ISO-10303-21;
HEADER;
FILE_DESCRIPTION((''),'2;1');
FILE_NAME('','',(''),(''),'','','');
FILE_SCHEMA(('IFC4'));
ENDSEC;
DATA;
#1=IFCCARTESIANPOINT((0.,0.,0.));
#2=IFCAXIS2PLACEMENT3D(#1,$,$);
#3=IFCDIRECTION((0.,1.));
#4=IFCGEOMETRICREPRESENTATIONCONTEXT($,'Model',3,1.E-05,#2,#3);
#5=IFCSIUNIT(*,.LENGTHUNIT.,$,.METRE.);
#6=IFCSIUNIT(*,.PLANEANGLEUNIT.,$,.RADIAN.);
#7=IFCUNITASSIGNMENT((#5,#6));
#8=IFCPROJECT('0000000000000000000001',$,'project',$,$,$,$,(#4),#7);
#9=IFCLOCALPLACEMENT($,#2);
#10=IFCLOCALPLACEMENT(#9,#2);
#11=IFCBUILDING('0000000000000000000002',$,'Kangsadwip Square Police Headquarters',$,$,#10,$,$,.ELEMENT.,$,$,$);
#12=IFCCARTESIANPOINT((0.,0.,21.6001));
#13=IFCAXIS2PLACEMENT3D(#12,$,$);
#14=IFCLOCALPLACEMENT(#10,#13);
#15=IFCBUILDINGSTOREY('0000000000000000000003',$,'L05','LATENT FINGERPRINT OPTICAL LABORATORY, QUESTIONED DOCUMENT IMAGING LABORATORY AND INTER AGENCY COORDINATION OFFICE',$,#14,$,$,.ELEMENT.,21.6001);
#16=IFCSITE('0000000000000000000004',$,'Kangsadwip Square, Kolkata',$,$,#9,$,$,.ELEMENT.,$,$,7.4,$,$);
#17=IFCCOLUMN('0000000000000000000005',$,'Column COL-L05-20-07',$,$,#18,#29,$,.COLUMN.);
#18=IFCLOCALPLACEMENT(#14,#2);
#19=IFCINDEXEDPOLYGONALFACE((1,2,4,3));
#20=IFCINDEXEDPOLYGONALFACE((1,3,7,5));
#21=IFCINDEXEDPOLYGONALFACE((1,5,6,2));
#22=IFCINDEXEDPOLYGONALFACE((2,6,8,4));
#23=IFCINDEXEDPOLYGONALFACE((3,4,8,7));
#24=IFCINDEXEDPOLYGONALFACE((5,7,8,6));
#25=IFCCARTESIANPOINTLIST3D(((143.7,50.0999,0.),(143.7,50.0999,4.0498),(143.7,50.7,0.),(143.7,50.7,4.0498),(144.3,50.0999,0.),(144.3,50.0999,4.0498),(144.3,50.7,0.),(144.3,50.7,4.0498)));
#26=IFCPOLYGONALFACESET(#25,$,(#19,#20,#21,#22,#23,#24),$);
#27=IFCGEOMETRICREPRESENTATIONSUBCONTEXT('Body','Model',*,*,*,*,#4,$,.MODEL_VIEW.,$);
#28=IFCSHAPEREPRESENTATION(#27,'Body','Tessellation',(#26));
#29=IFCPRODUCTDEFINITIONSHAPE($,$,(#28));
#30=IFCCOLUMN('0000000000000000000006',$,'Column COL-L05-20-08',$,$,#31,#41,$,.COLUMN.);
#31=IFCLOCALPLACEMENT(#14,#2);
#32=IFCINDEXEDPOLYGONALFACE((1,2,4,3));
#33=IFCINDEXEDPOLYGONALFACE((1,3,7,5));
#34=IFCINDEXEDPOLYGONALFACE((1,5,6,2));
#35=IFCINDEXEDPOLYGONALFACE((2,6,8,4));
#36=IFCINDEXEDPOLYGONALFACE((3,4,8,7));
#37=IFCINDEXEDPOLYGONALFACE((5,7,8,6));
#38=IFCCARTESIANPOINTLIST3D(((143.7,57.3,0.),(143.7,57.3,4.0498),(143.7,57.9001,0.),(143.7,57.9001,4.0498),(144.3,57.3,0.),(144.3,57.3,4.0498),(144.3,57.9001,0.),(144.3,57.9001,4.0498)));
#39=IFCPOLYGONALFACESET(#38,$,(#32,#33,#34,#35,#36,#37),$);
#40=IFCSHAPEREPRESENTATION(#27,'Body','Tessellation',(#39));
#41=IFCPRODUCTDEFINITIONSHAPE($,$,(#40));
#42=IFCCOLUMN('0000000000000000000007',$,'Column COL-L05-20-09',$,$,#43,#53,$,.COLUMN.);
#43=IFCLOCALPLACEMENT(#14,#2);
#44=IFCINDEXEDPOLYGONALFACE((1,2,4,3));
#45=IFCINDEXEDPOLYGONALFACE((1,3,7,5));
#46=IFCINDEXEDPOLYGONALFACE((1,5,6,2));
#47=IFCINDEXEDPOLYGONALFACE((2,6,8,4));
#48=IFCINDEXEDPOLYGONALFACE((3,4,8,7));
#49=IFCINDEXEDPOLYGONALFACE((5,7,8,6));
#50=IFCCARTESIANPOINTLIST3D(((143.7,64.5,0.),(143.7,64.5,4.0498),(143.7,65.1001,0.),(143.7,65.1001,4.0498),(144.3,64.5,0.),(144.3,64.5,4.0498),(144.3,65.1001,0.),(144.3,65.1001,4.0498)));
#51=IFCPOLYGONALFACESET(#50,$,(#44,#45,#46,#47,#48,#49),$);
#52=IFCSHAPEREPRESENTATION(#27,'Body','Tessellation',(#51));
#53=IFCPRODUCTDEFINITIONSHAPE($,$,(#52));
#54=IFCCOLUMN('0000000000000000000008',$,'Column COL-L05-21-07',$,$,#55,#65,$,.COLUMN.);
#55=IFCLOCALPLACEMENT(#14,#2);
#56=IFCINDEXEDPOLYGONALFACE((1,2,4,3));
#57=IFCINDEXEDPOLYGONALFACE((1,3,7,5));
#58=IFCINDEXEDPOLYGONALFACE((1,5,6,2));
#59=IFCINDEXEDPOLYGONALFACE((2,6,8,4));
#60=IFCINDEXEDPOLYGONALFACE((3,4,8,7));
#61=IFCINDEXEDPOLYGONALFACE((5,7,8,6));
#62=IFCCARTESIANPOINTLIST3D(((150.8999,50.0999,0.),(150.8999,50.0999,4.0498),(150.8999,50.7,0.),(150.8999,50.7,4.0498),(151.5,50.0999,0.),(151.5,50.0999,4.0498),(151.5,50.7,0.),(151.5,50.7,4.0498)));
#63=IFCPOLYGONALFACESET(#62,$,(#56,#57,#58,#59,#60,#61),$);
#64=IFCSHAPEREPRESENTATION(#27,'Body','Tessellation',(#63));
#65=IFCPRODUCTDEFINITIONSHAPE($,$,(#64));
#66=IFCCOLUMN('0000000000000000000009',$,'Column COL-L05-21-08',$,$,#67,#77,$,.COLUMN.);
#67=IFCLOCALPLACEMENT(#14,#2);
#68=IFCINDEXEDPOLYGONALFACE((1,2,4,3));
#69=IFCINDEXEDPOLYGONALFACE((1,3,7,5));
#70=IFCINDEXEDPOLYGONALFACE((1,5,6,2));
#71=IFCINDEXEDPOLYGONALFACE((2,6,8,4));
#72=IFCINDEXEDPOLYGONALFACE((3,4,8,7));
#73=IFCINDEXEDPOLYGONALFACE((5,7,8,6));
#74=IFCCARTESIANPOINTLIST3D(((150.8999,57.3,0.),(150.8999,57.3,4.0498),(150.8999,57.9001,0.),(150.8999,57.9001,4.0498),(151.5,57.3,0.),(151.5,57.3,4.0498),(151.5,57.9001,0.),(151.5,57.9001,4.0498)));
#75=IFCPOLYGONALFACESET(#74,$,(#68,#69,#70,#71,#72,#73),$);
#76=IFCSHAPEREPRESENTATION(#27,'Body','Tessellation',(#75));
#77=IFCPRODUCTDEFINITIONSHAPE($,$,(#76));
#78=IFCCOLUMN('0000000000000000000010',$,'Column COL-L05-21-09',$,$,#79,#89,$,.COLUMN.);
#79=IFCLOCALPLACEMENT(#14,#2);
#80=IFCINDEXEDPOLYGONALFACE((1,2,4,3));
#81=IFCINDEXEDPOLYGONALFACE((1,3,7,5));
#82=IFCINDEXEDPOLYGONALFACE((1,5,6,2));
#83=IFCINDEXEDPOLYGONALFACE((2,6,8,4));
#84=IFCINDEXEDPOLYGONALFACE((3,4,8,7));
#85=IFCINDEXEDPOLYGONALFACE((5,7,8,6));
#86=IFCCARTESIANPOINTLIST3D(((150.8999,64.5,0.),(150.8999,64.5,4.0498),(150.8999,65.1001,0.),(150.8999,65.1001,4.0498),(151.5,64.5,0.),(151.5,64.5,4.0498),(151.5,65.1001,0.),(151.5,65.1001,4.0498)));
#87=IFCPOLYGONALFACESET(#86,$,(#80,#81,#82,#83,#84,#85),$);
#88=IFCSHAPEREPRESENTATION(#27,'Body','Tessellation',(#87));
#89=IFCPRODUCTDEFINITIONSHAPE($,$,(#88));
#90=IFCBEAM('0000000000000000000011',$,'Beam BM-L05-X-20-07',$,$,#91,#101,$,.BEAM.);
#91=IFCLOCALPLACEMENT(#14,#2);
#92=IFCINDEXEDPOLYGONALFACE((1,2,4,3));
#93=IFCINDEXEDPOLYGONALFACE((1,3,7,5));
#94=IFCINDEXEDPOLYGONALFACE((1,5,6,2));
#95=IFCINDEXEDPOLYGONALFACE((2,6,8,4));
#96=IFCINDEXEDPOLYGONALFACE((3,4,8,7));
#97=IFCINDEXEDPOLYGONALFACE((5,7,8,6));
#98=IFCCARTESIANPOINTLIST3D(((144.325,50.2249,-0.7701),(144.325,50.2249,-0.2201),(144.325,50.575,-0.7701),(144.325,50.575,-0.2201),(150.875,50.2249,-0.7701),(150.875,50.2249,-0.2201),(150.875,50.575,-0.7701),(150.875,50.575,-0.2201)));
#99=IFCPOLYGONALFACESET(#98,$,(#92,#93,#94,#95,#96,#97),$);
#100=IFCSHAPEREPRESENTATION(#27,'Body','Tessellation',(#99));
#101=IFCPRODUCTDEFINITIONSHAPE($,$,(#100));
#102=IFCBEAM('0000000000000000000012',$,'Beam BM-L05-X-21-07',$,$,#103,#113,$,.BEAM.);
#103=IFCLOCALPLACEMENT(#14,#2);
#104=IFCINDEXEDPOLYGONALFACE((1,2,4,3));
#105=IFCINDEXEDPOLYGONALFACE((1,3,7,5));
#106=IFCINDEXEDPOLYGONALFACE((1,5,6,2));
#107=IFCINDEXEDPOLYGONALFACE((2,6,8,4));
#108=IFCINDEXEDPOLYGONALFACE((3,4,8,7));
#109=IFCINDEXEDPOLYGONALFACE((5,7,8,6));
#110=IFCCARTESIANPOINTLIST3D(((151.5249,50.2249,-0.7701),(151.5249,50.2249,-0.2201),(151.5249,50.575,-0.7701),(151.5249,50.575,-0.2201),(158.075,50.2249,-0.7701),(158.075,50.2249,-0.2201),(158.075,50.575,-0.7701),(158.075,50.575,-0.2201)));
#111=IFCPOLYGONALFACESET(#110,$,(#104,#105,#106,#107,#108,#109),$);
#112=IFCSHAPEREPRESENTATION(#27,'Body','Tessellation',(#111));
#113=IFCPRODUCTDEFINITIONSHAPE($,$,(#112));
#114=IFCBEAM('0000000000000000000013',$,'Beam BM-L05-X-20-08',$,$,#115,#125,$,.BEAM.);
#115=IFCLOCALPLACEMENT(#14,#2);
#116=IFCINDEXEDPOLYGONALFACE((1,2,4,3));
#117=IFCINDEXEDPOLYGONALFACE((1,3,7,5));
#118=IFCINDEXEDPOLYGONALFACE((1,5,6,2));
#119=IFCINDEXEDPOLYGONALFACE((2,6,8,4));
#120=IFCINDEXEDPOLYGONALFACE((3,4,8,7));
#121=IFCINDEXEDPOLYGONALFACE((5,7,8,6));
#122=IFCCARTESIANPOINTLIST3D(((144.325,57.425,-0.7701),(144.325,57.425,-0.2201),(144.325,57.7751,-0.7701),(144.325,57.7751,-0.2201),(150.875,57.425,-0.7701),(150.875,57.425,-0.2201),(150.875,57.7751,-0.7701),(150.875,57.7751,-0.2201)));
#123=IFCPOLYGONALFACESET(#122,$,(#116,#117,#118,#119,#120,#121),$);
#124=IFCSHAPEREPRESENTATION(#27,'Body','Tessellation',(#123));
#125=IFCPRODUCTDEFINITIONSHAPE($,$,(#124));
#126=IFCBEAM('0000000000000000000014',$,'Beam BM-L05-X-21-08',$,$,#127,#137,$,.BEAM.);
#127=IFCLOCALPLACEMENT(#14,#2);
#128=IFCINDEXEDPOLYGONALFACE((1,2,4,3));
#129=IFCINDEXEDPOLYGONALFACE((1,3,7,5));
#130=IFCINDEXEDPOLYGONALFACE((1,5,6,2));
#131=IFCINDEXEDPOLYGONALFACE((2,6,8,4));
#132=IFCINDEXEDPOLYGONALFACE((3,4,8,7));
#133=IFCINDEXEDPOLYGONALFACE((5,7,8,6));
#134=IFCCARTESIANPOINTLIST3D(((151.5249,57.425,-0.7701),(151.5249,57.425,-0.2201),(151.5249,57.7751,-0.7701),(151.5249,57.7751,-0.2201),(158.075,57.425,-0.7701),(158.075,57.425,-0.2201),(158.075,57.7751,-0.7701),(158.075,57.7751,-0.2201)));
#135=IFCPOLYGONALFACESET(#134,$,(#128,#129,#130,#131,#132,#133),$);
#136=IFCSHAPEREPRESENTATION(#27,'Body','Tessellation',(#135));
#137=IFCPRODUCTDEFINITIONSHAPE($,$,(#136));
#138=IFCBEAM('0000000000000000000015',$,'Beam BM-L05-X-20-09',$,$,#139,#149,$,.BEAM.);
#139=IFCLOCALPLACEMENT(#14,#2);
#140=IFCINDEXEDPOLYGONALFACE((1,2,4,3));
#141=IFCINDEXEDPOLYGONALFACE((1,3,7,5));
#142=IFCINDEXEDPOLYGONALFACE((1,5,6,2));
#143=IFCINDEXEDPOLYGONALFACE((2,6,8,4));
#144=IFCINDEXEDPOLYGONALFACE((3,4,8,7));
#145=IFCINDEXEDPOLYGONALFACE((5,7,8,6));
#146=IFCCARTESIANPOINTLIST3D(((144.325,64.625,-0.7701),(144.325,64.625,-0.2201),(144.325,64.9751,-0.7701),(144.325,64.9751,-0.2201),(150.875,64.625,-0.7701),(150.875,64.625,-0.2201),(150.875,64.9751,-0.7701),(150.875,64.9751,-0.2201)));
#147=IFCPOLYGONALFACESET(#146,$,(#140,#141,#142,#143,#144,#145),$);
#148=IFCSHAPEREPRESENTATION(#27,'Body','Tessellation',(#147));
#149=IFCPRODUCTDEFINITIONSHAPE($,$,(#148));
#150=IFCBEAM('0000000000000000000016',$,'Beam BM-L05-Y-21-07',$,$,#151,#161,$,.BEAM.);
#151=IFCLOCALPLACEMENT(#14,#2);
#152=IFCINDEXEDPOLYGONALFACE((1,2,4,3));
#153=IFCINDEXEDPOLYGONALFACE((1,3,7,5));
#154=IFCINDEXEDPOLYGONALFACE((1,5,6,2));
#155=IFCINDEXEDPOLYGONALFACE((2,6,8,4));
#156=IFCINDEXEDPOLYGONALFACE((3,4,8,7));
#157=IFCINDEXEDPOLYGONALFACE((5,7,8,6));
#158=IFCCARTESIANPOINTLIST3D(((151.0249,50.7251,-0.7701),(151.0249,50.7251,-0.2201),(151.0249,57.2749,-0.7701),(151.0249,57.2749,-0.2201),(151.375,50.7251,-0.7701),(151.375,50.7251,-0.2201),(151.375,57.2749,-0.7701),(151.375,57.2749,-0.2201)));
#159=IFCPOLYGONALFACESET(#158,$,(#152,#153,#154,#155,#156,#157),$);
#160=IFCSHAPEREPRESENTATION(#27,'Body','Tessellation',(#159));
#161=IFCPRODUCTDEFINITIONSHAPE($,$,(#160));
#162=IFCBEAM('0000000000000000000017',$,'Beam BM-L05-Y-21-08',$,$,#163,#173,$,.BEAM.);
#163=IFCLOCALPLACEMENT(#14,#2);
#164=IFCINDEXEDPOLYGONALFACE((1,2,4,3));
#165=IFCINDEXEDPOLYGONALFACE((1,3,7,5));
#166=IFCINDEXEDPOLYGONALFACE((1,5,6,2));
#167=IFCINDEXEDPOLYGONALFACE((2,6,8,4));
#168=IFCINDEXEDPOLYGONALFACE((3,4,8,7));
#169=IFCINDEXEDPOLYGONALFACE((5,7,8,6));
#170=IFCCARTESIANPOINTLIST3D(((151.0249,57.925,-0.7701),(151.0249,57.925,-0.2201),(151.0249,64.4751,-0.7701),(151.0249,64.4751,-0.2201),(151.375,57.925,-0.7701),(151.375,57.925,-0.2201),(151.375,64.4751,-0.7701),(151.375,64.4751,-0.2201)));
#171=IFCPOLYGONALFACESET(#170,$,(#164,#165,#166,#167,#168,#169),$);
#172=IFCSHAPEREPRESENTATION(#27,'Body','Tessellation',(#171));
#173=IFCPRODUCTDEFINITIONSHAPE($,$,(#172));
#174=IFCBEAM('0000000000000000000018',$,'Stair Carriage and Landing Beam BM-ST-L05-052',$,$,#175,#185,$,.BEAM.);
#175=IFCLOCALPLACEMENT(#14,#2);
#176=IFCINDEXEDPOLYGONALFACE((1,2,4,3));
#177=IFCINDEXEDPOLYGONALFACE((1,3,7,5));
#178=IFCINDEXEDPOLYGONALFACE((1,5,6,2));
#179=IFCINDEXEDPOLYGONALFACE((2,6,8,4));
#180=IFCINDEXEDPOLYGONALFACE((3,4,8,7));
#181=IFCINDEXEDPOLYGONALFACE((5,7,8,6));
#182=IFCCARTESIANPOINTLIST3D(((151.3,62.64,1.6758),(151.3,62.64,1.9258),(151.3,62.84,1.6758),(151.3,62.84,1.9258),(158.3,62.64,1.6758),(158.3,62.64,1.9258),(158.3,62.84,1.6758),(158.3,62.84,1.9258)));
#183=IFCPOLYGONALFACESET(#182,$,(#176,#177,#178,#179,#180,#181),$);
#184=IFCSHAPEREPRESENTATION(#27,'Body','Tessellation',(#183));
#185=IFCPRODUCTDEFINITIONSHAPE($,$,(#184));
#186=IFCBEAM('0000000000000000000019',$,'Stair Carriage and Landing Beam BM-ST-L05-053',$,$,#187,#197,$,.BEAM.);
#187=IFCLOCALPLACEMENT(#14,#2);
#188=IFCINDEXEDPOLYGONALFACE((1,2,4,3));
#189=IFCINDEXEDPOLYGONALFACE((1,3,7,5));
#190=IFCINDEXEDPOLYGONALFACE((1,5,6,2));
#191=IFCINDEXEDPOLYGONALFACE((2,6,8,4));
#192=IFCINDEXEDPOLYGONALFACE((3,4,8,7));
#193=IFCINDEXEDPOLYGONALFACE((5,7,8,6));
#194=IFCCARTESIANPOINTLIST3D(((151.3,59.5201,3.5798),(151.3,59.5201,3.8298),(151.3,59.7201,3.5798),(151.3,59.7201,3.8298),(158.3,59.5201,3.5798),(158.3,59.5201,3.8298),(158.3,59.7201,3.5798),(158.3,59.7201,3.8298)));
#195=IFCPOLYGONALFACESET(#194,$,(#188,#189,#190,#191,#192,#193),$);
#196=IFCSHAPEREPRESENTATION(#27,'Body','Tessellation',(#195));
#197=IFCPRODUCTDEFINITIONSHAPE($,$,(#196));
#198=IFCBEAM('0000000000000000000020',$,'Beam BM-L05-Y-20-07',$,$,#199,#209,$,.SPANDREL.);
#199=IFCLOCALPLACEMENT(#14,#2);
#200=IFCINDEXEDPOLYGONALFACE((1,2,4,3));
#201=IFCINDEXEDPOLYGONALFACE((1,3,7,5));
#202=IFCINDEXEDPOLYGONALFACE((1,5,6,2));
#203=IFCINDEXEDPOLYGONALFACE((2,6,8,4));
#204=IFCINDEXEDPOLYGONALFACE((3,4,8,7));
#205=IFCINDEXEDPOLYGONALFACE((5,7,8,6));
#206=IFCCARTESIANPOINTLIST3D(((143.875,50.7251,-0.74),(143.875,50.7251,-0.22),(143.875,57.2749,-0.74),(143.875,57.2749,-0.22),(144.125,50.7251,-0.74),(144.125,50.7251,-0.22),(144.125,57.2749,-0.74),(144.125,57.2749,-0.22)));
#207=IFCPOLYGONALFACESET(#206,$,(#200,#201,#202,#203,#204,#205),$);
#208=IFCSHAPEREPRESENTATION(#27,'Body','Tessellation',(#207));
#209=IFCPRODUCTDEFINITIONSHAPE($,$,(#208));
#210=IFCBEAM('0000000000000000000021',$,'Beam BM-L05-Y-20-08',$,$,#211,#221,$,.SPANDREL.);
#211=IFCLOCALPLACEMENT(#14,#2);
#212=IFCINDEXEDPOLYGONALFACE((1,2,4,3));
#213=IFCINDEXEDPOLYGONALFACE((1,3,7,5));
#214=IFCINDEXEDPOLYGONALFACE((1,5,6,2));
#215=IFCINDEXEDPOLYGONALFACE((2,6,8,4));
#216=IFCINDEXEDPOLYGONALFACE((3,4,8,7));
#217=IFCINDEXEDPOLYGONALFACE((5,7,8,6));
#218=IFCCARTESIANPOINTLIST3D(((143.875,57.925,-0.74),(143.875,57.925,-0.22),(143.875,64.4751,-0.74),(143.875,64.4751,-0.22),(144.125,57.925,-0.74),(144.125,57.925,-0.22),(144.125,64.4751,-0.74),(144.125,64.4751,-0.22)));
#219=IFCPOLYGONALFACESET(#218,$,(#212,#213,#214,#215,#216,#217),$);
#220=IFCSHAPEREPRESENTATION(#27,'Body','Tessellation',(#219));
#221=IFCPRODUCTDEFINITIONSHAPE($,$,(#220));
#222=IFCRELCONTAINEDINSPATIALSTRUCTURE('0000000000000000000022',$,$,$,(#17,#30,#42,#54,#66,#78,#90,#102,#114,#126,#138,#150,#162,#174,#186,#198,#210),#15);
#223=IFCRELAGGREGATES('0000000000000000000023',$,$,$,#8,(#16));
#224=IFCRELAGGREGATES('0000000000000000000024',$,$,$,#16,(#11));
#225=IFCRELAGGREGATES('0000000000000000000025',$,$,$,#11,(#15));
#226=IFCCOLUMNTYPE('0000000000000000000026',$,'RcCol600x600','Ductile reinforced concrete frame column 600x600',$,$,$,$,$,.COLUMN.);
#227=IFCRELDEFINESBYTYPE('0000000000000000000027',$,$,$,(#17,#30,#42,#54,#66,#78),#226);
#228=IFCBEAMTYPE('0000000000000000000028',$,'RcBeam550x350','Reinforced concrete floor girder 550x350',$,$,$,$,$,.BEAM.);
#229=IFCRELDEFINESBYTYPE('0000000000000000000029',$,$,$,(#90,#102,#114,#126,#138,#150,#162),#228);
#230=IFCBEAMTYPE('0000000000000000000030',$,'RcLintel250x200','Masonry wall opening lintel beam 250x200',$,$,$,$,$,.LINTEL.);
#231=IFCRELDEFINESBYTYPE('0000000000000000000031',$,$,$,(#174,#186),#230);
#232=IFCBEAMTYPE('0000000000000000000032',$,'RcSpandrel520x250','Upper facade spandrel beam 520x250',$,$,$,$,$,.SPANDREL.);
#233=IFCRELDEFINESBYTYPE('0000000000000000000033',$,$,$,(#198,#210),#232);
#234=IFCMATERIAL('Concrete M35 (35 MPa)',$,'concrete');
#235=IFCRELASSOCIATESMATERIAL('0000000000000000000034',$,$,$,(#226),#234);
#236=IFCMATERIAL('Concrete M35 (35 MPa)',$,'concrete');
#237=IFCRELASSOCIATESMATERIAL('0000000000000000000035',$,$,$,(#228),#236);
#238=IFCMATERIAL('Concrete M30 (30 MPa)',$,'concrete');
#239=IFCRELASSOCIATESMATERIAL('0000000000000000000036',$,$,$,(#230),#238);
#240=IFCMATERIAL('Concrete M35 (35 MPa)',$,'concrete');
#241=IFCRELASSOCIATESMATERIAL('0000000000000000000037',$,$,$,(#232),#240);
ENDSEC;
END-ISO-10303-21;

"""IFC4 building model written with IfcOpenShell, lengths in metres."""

from ifc_helpers import new_model, si_unit, direction, frame, origin, origin_2d, place, context, subcontext, project, spatial, rectangle, extrude, material, material_profile, profile_set, type_object, element, save


model = new_model("IFC4")

# Units and contexts
model_context = context("Model", 3, precision=1e-05, world=origin(), true_north=direction((0.0, 1.0)))
body_context = subcontext(model_context, "Body", "Model", "MODEL_VIEW")
ifc_project = project(units=[si_unit("LENGTHUNIT", "METRE"), si_unit("PLANEANGLEUNIT", "RADIAN")], contexts=[model_context])

# Site, building, storey
site_placement = place(None, origin())
site = spatial("IfcSite", under=ifc_project, at=site_placement, Name="Kangsadwip Square, Kolkata", CompositionType="ELEMENT", RefElevation=7.4)
building_placement = place(site_placement, origin())
building = spatial("IfcBuilding", under=site, at=building_placement, Name="Kangsadwip Square Police Headquarters", CompositionType="ELEMENT")
storey_placement = place(building_placement, frame((0.0, 0.0, 21.6001)))
storey = spatial("IfcBuildingStorey", under=building, at=storey_placement, Name="L05", Description="LATENT FINGERPRINT OPTICAL LABORATORY, QUESTIONED DOCUMENT IMAGING LABORATORY AND INTER AGENCY COORDINATION OFFICE", CompositionType="ELEMENT", Elevation=21.6001)

# Columns
ifc_material_1 = material(Name="Concrete M35 (35 MPa)", Category="concrete")
ifc_material_profile_1 = material_profile(ifc_material_1, rectangle(XDim=0.6001, YDim=0.6001, at=origin_2d()), Name="RC COL 600X600")
ifc_profile_set_1 = profile_set([ifc_material_profile_1], Name="Concrete M35 (35 MPa)")
column_type = type_object("IfcColumnType", Name="RcCol600x600", Description="Ductile reinforced concrete frame column 600x600", PredefinedType="COLUMN", material=ifc_profile_set_1)
for number, where, z_axis, x_axis, name in (
    (1, (144.0, 50.3999, 0.0), (0.0, 0.0, 1.0), (1.0, 0.0, 0.0), "Column COL-L05-20-07"),
    (2, (144.0, 57.6001, 0.0), (0.0, 0.0, 1.0), (1.0, 0.0, 0.0), "Column COL-L05-20-08"),
    (3, (144.0, 64.8, 0.0), (0.0, 0.0, 1.0), (1.0, 0.0, 0.0), "Column COL-L05-20-09"),
    (4, (151.2, 50.3999, 0.0), (0.0, 0.0, 1.0), (1.0, 0.0, 0.0), "Column COL-L05-21-07"),
    (5, (151.2, 57.6001, 0.0), (0.0, 0.0, 1.0), (1.0, 0.0, 0.0), "Column COL-L05-21-08"),
    (6, (151.2, 64.8, 0.0), (0.0, 0.0, 1.0), (1.0, 0.0, 0.0), "Column COL-L05-21-09"),
):
    element("IfcColumn", number, at=place(storey_placement, frame(where, z_axis=z_axis, x_axis=x_axis)), inside=storey, type_object=column_type, Name=name, PredefinedType="COLUMN", context=body_context, shape_type="SweptSolid", body=[
        extrude(rectangle(XDim=0.6001, YDim=0.6001, at=origin_2d()), origin(), (0.0, 0.0, 1.0), 4.0498),
    ])

# Beams
ifc_material_2 = material(Name="Concrete M35 (35 MPa)", Category="concrete")
ifc_material_profile_2 = material_profile(ifc_material_2, rectangle(XDim=0.3501, YDim=0.55, at=origin_2d()), Name="RC BM 550X350")
ifc_profile_set_2 = profile_set([ifc_material_profile_2], Name="Concrete M35 (35 MPa)")
beam_type_1 = type_object("IfcBeamType", Name="RcBeam550x350", Description="Reinforced concrete floor girder 550x350", PredefinedType="BEAM", material=ifc_profile_set_2)
for number, where, z_axis, x_axis, name in (
    (7, (144.325, 50.3999, -0.4951), (1.0, 0.0, 0.0), (0.0, 1.0, 0.0), "Beam BM-L05-X-20-07"),
    (8, (151.5249, 50.3999, -0.4951), (1.0, 0.0, 0.0), (0.0, 1.0, 0.0), "Beam BM-L05-X-21-07"),
    (9, (144.325, 57.6001, -0.4951), (1.0, 0.0, 0.0), (0.0, 1.0, 0.0), "Beam BM-L05-X-20-08"),
    (10, (151.5249, 57.6001, -0.4951), (1.0, 0.0, 0.0), (0.0, 1.0, 0.0), "Beam BM-L05-X-21-08"),
    (11, (144.325, 64.8, -0.4951), (1.0, 0.0, 0.0), (0.0, 1.0, 0.0), "Beam BM-L05-X-20-09"),
):
    element("IfcBeam", number, at=place(storey_placement, frame(where, z_axis=z_axis, x_axis=x_axis)), inside=storey, type_object=beam_type_1, Name=name, PredefinedType="BEAM", context=body_context, shape_type="SweptSolid", body=[
        extrude(rectangle(XDim=0.3501, YDim=0.55, at=origin_2d()), origin(), (0.0, 0.0, 1.0), 6.55),
    ])
beam_1_placement = place(storey_placement, frame((151.2, 50.7251, -0.4951), z_axis=(0.0, 1.0, 0.0), x_axis=(-1.0, 0.0, 0.0)))
element("IfcBeam", 12, at=beam_1_placement, inside=storey, type_object=beam_type_1, Name="Beam BM-L05-Y-21-07", PredefinedType="BEAM", context=body_context, shape_type="SweptSolid", body=[
    extrude(rectangle(XDim=0.3501, YDim=0.55, at=origin_2d()), origin(), (0.0, 0.0, 1.0), 6.5498),
])
beam_2_placement = place(storey_placement, frame((151.2, 57.925, -0.4951), z_axis=(0.0, 1.0, 0.0), x_axis=(-1.0, 0.0, 0.0)))
element("IfcBeam", 13, at=beam_2_placement, inside=storey, type_object=beam_type_1, Name="Beam BM-L05-Y-21-08", PredefinedType="BEAM", context=body_context, shape_type="SweptSolid", body=[
    extrude(rectangle(XDim=0.3501, YDim=0.55, at=origin_2d()), origin(), (0.0, 0.0, 1.0), 6.55),
])
ifc_material_3 = material(Name="Concrete M30 (30 MPa)", Category="concrete")
ifc_material_profile_3 = material_profile(ifc_material_3, rectangle(XDim=0.2, YDim=0.25, at=origin_2d()), Name="RC LNT 250X200")
ifc_profile_set_3 = profile_set([ifc_material_profile_3], Name="Concrete M30 (30 MPa)")
beam_type_2 = type_object("IfcBeamType", Name="RcLintel250x200", Description="Masonry wall opening lintel beam 250x200", PredefinedType="LINTEL", material=ifc_profile_set_3)
for number, where, z_axis, x_axis, name in (
    (14, (151.3, 62.74, 1.8008), (1.0, 0.0, 0.0), (0.0, 1.0, 0.0), "Stair Carriage and Landing Beam BM-ST-L05-052"),
    (15, (151.3, 59.6201, 3.7048), (1.0, 0.0, 0.0), (0.0, 1.0, 0.0), "Stair Carriage and Landing Beam BM-ST-L05-053"),
):
    element("IfcBeam", number, at=place(storey_placement, frame(where, z_axis=z_axis, x_axis=x_axis)), inside=storey, type_object=beam_type_2, Name=name, PredefinedType="BEAM", context=body_context, shape_type="SweptSolid", body=[
        extrude(rectangle(XDim=0.2, YDim=0.25, at=origin_2d()), origin(), (0.0, 0.0, 1.0), 7.0),
    ])
ifc_material_4 = material(Name="Concrete M35 (35 MPa)", Category="concrete")
ifc_material_profile_4 = material_profile(ifc_material_4, rectangle(XDim=0.25, YDim=0.52, at=origin_2d()), Name="RC SPN 520X250")
ifc_profile_set_4 = profile_set([ifc_material_profile_4], Name="Concrete M35 (35 MPa)")
beam_type_3 = type_object("IfcBeamType", Name="RcSpandrel520x250", Description="Upper facade spandrel beam 520x250", PredefinedType="SPANDREL", material=ifc_profile_set_4)
beam_3_placement = place(storey_placement, frame((144.0, 50.7251, -0.48), z_axis=(0.0, 1.0, 0.0), x_axis=(-1.0, 0.0, 0.0)))
element("IfcBeam", 16, at=beam_3_placement, inside=storey, type_object=beam_type_3, Name="Beam BM-L05-Y-20-07", PredefinedType="SPANDREL", context=body_context, shape_type="SweptSolid", body=[
    extrude(rectangle(XDim=0.25, YDim=0.52, at=origin_2d()), origin(), (0.0, 0.0, 1.0), 6.5498),
])
beam_4_placement = place(storey_placement, frame((144.0, 57.925, -0.48), z_axis=(0.0, 1.0, 0.0), x_axis=(-1.0, 0.0, 0.0)))
element("IfcBeam", 17, at=beam_4_placement, inside=storey, type_object=beam_type_3, Name="Beam BM-L05-Y-20-08", PredefinedType="SPANDREL", context=body_context, shape_type="SweptSolid", body=[
    extrude(rectangle(XDim=0.25, YDim=0.52, at=origin_2d()), origin(), (0.0, 0.0, 1.0), 6.55),
])

save(model, "model.ifc")
